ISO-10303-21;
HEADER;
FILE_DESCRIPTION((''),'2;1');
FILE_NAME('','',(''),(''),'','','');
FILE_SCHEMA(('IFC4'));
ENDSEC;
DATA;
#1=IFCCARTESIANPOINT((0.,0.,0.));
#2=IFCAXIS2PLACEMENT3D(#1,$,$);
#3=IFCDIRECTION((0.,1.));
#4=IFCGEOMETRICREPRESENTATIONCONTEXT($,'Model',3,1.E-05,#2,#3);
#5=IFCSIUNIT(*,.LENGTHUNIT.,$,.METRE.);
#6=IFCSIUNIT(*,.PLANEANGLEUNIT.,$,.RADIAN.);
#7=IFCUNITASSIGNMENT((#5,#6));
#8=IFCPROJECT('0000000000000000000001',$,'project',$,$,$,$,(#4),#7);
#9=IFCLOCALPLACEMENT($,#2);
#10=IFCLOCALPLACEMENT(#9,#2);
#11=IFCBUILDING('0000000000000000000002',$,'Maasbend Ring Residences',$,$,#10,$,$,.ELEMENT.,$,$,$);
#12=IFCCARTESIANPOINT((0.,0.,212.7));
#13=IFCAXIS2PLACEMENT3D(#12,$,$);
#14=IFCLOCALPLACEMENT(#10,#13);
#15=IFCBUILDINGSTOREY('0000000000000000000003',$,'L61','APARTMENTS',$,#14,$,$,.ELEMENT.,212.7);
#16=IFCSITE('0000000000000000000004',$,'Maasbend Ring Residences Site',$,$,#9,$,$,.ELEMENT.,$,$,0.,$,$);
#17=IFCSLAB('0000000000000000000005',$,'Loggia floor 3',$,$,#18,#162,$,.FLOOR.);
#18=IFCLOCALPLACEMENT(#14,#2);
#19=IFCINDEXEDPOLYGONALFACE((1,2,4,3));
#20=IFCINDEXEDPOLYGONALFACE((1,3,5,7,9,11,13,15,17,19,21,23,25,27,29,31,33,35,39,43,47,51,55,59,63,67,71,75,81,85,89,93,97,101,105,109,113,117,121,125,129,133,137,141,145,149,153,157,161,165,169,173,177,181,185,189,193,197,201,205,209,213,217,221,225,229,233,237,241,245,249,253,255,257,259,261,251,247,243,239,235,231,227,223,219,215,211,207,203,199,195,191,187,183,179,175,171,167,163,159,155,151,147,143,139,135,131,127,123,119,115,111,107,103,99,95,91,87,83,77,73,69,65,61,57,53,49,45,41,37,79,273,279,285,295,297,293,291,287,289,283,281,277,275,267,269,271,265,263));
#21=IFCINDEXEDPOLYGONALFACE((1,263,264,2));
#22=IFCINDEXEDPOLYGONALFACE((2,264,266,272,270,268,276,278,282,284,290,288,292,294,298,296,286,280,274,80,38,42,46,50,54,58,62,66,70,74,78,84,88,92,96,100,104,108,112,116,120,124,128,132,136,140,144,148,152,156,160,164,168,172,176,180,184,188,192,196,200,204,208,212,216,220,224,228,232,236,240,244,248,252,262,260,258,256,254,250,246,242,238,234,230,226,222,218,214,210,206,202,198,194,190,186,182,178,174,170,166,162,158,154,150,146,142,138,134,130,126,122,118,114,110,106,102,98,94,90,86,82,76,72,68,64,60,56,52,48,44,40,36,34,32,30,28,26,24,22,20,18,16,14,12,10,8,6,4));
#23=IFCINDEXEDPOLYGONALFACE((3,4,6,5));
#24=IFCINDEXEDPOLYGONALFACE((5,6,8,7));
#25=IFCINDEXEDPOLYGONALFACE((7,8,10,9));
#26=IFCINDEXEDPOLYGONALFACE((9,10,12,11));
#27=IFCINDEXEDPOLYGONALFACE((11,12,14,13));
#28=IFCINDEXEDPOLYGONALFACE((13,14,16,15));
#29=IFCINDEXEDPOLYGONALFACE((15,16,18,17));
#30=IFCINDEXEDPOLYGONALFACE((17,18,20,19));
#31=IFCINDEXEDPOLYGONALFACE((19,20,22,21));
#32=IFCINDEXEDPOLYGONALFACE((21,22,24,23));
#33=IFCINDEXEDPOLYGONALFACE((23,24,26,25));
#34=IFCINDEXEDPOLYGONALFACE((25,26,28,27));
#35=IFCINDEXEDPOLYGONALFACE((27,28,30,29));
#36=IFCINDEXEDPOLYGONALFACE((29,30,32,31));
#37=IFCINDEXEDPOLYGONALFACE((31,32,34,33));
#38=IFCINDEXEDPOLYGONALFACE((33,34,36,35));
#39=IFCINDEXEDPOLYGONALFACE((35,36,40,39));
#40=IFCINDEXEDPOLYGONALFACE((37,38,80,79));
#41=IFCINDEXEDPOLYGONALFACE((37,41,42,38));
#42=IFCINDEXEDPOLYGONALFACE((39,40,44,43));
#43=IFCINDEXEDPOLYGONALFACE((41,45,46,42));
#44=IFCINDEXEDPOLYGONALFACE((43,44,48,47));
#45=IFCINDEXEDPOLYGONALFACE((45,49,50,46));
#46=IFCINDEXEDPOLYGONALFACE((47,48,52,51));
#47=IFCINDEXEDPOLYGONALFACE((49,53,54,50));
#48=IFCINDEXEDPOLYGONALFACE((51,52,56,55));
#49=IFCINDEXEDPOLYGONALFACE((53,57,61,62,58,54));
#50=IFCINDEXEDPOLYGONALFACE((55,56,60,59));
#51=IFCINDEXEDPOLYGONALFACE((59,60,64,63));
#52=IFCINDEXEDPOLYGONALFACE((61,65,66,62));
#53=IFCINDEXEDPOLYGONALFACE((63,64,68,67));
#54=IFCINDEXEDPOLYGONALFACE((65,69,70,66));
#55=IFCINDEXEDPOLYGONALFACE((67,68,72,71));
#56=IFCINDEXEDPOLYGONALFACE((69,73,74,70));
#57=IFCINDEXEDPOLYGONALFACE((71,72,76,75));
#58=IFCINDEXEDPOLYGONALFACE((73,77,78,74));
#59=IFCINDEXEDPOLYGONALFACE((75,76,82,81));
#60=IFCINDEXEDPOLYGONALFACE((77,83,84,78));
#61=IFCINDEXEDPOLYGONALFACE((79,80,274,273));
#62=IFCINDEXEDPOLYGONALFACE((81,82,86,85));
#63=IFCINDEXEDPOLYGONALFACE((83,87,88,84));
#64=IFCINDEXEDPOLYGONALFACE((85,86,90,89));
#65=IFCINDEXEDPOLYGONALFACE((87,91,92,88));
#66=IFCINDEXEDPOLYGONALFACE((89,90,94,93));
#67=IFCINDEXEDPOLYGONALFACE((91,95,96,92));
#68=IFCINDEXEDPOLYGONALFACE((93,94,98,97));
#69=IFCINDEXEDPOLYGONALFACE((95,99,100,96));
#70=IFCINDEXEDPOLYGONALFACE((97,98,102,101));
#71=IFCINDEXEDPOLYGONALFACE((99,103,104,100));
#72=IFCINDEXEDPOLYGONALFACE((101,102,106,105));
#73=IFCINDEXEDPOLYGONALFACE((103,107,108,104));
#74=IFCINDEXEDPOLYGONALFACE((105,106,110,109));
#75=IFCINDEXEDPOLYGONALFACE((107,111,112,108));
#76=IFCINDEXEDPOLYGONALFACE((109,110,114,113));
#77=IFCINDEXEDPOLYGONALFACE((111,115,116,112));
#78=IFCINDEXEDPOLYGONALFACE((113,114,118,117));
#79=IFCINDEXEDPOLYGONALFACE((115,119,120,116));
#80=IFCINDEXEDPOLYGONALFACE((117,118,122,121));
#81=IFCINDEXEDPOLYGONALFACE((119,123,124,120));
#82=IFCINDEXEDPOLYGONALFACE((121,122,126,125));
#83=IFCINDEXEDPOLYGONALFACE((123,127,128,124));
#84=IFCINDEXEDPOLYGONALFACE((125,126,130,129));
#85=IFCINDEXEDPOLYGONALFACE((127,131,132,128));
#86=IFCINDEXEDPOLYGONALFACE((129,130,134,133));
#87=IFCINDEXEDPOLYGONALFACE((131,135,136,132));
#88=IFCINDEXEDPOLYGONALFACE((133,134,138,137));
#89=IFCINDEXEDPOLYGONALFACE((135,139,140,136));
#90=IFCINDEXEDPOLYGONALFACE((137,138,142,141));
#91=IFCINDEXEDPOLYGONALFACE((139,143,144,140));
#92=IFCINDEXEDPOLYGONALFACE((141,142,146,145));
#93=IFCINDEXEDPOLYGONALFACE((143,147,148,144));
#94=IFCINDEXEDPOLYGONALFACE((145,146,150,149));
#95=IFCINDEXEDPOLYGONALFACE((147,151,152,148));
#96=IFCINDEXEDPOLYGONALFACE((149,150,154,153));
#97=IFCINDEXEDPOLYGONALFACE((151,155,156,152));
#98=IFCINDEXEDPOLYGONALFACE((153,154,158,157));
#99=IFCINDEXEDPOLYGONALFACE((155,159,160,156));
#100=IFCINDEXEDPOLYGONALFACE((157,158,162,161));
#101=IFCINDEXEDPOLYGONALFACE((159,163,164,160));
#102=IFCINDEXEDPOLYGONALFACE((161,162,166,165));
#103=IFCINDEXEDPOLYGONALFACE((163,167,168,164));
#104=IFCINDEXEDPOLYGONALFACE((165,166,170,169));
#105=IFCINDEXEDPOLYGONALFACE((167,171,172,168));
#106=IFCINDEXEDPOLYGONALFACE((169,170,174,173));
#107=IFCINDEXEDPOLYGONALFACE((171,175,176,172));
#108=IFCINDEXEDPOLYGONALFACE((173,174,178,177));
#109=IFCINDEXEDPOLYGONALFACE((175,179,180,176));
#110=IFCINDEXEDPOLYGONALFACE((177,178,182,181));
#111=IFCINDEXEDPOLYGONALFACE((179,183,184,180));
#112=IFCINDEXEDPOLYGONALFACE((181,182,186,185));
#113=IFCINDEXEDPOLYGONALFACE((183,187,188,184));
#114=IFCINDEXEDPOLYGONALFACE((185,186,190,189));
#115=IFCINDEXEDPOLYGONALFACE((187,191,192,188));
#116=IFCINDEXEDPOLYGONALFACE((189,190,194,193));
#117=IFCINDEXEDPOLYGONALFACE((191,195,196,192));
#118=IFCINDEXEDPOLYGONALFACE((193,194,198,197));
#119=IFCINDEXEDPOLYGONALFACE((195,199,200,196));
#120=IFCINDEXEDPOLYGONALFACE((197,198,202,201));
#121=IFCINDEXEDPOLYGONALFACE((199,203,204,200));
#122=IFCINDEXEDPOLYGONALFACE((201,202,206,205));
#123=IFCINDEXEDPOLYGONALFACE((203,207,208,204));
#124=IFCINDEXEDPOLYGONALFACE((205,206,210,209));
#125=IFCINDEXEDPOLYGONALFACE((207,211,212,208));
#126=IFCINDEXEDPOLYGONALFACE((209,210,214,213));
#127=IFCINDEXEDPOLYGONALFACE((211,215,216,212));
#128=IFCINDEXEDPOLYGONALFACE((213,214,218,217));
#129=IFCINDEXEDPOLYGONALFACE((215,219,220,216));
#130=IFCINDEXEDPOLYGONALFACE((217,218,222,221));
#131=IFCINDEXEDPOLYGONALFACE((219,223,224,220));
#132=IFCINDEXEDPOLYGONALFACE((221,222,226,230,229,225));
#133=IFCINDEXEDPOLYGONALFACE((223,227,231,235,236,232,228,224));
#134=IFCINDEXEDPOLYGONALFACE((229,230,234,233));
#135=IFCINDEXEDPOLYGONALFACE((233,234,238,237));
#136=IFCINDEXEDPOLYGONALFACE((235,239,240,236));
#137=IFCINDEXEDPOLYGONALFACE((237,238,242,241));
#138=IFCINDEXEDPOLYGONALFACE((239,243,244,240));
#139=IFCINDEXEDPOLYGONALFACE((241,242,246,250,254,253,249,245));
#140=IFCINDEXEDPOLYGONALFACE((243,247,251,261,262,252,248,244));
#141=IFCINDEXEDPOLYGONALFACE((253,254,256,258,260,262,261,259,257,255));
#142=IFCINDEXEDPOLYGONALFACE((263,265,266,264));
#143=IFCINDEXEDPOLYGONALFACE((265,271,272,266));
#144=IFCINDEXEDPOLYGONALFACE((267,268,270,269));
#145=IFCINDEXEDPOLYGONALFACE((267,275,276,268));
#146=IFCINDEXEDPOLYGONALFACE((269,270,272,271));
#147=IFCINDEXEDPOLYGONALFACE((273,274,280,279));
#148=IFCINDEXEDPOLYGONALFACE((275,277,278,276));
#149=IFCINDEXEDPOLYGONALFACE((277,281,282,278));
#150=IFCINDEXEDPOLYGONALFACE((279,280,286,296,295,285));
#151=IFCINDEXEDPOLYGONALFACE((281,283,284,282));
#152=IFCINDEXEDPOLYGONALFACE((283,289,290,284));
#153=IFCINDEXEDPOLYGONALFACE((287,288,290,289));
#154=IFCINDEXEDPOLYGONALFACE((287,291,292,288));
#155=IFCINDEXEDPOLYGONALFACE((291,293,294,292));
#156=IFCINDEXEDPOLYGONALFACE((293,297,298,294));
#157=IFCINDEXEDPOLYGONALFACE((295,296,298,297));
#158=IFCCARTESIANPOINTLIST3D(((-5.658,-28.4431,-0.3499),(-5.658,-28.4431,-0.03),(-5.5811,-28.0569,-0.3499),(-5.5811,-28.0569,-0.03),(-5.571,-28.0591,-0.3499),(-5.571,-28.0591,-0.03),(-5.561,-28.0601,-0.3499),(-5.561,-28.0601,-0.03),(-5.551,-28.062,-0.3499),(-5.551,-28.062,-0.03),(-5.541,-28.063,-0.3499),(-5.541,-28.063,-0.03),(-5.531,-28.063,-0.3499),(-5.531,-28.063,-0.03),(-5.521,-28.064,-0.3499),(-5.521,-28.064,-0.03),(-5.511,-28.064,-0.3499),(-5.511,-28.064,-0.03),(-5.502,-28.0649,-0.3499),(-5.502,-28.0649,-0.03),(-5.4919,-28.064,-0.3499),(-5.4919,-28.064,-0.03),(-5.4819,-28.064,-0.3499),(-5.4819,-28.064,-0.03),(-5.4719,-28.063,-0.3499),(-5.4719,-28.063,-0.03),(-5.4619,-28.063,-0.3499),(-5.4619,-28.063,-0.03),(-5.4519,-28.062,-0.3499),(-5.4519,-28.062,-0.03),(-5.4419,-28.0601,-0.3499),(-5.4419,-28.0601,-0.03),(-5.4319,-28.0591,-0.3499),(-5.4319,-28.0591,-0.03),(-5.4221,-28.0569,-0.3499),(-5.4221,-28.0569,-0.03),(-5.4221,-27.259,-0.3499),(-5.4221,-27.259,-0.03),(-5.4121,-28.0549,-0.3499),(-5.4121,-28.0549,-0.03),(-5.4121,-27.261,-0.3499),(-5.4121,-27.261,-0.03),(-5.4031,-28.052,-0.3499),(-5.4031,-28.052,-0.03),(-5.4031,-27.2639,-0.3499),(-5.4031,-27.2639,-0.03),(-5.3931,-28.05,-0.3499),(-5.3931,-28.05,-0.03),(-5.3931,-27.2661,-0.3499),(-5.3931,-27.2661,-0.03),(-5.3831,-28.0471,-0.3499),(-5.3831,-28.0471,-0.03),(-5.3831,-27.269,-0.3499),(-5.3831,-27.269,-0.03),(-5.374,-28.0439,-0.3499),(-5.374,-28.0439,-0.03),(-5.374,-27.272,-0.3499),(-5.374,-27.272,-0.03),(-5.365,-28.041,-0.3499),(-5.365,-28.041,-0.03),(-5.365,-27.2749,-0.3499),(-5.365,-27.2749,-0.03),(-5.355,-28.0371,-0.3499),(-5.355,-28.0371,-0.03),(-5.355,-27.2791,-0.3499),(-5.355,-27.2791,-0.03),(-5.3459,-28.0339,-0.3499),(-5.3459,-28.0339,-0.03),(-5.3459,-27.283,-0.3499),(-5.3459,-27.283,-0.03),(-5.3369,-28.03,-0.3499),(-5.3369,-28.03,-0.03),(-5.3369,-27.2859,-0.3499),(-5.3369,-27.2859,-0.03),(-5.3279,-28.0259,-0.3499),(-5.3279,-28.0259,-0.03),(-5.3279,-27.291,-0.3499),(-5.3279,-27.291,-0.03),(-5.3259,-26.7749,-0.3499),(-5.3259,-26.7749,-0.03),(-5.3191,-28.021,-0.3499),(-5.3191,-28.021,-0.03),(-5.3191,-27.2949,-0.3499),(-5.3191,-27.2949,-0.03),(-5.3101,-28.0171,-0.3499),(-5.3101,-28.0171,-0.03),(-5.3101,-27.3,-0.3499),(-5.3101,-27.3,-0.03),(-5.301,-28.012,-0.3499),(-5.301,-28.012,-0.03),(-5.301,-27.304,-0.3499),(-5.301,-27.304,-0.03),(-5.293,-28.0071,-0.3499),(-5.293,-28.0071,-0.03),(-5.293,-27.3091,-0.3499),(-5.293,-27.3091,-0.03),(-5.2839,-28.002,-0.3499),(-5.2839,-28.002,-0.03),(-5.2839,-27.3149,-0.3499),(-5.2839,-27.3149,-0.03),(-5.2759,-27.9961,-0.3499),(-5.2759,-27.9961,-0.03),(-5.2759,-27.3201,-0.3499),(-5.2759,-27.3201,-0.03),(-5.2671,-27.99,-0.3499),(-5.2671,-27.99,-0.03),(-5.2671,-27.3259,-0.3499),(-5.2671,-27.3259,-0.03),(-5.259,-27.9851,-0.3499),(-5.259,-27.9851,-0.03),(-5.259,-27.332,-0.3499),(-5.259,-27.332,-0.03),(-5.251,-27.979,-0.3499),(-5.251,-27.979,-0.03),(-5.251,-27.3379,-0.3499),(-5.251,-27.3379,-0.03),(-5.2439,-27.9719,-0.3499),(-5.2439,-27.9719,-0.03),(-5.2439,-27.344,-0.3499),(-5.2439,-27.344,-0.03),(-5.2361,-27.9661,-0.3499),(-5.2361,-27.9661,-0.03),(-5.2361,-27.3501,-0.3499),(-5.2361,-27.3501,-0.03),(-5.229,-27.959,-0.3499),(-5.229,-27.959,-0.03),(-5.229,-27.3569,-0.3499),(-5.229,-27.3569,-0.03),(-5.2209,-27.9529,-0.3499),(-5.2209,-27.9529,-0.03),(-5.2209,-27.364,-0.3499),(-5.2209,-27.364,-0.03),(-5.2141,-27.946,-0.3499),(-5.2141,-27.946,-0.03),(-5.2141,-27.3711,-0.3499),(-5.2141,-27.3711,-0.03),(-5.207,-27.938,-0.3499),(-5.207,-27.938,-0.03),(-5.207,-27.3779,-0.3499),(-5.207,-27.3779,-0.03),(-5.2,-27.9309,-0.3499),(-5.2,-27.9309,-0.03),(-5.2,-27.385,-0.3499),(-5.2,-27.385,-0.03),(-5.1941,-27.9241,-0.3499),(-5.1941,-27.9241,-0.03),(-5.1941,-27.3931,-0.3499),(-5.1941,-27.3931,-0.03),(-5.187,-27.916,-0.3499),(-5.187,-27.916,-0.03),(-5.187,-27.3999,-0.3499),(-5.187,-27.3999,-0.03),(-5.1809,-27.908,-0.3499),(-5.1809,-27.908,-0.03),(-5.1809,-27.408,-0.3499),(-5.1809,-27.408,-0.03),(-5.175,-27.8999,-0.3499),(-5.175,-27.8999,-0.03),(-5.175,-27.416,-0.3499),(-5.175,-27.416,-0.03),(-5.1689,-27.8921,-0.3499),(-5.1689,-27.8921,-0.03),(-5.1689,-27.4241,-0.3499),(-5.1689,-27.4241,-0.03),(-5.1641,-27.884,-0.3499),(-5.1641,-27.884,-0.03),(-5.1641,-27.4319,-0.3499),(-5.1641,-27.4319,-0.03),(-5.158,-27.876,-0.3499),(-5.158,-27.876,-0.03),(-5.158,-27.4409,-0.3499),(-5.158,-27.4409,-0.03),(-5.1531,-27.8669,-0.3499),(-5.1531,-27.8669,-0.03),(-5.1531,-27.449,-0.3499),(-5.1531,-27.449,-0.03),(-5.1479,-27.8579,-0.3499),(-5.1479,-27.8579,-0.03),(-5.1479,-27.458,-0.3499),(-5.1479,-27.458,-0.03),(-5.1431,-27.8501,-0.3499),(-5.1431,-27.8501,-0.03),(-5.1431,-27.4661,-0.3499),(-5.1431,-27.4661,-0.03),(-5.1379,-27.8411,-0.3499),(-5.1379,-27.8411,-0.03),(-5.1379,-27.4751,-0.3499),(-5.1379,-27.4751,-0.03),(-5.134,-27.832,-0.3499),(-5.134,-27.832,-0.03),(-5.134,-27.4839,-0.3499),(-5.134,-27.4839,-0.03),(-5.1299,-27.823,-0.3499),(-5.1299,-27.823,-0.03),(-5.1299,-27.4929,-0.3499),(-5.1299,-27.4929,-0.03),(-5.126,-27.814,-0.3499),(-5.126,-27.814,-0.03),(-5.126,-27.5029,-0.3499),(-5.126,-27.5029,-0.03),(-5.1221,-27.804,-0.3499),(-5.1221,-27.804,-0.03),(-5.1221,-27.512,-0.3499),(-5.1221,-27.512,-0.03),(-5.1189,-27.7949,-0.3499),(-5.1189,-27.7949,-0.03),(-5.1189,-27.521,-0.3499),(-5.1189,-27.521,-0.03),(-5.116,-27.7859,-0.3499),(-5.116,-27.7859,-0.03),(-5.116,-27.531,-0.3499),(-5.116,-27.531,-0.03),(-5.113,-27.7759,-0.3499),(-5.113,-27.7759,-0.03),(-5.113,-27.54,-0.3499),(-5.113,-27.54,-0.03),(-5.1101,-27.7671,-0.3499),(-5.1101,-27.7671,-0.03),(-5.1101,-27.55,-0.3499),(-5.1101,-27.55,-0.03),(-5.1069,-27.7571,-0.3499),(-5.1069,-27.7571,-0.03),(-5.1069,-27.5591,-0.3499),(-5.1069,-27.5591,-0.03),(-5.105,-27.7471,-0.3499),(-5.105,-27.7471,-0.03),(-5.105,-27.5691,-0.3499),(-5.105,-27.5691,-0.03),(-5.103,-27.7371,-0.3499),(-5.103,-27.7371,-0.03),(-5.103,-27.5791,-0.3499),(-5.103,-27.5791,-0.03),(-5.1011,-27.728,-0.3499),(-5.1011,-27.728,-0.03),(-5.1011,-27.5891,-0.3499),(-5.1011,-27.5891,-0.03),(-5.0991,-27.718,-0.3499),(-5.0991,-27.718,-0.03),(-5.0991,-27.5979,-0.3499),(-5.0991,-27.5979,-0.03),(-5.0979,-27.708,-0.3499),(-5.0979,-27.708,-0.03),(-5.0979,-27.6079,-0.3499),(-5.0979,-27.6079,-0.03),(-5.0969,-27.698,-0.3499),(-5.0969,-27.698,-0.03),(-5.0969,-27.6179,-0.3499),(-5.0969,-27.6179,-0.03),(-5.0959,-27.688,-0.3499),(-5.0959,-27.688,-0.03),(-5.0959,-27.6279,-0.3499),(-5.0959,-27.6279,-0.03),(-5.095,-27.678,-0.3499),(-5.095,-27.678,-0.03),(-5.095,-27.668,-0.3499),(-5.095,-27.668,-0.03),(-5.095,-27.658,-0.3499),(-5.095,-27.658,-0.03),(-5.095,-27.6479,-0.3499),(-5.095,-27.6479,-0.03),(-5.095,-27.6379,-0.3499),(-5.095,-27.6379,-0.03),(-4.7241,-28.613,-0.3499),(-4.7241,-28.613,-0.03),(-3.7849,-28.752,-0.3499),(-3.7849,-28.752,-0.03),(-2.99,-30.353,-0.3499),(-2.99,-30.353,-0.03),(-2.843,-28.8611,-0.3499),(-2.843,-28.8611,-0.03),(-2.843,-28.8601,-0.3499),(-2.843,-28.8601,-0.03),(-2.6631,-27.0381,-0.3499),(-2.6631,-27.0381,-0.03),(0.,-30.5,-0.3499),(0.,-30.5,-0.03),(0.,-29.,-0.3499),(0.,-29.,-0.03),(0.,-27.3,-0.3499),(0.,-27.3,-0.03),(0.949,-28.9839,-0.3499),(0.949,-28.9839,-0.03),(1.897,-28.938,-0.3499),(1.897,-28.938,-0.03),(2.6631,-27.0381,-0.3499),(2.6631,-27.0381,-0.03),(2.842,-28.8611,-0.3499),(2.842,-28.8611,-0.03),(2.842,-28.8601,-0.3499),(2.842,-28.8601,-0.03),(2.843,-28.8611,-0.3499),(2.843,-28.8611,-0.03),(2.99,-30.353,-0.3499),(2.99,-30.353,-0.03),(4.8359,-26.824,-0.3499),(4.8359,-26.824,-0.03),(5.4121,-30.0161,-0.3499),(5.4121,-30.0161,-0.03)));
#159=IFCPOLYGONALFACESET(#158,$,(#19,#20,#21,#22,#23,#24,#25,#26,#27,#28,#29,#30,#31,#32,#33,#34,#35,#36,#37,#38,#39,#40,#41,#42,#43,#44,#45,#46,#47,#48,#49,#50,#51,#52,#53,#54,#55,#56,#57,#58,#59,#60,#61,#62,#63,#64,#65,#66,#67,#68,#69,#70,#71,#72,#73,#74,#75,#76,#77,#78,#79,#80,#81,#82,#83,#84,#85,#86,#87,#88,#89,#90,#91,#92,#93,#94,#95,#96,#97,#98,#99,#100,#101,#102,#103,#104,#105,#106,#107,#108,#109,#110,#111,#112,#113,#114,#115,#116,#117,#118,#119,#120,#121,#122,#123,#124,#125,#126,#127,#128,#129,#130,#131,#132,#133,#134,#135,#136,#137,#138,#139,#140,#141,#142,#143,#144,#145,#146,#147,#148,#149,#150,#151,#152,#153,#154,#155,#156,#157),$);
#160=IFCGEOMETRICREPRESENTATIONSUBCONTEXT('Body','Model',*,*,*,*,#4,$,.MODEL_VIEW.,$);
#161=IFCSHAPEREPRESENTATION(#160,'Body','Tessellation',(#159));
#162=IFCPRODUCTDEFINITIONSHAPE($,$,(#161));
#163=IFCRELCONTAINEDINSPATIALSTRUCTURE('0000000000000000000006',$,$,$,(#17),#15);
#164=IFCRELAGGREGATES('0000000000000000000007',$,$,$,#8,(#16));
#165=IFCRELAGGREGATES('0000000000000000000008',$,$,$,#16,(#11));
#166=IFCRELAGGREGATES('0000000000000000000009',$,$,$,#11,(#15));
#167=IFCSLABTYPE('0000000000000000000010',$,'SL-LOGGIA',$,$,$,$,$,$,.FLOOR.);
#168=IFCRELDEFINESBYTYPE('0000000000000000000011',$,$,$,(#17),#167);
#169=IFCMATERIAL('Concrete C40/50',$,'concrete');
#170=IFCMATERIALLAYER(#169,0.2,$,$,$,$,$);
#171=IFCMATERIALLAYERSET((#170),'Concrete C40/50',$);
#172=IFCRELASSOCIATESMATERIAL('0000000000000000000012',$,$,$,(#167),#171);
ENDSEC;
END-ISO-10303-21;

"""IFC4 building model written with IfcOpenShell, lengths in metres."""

from ifc_helpers import new_model, si_unit, direction, frame, origin, place, context, subcontext, project, spatial, polyline, outline, extrude, material, layer, layer_set, type_object, element, save


model = new_model("IFC4")

# Units and contexts
model_context = context("Model", 3, precision=1e-05, world=origin(), true_north=direction((0.0, 1.0)))
body_context = subcontext(model_context, "Body", "Model", "MODEL_VIEW")
ifc_project = project(units=[si_unit("LENGTHUNIT", "METRE"), si_unit("PLANEANGLEUNIT", "RADIAN")], contexts=[model_context])

# Site, building, storey
site_placement = place(None, origin())
site = spatial("IfcSite", under=ifc_project, at=site_placement, Name="Maasbend Ring Residences Site", CompositionType="ELEMENT", RefElevation=0.0)
building_placement = place(site_placement, origin())
building = spatial("IfcBuilding", under=site, at=building_placement, Name="Maasbend Ring Residences", CompositionType="ELEMENT")
storey_placement = place(building_placement, frame((0.0, 0.0, 212.7)))
storey = spatial("IfcBuildingStorey", under=building, at=storey_placement, Name="L61", Description="APARTMENTS", CompositionType="ELEMENT", Elevation=212.7)

# Slab
ifc_material_1 = material(Name="Concrete C40/50", Category="concrete")
ifc_layer_1 = layer(ifc_material_1, 0.2)
ifc_layer_set_1 = layer_set([ifc_layer_1], Name="Concrete C40/50")
slab_type = type_object("IfcSlabType", Name="SL-LOGGIA", PredefinedType="FLOOR", material=ifc_layer_set_1)
slab_1_placement = place(storey_placement, frame((0.0, 0.0, -0.3499)))
element("IfcSlab", 1, at=slab_1_placement, inside=storey, type_object=slab_type, Name="Loggia floor 3", PredefinedType="FLOOR", context=body_context, shape_type="SweptSolid", body=[
    extrude(outline(polyline([(-2.6631, -27.0381), (0.0, -27.3), (0.0, -27.3), (0.0, -27.3), (2.6631, -27.0381), (4.8359, -26.824), (4.8359, -26.824), (4.8359, -26.824), (5.4121, -30.0161), (5.4121, -30.0161), (5.4121, -30.0161), (2.99, -30.353), (2.99, -30.353), (2.99, -30.353), (2.843, -28.8611), (2.843, -28.8611), (2.843, -28.8611), (2.843, -28.8611), (2.842, -28.8611), (2.842, -28.8611), (2.842, -28.8611), (2.842, -28.8611), (2.842, -28.8611), (2.842, -28.8601), (2.842, -28.8601), (2.842, -28.8601), (2.842, -28.8601), (2.842, -28.8601), (2.842, -28.8601), (2.842, -28.8601), (2.842, -28.8601), (1.897, -28.938), (1.897, -28.938), (0.949, -28.9839), (0.949, -28.9839), (0.0, -29.0), (0.0, -29.0), (0.0, -29.0), (0.0, -29.0), (0.0, -29.0), (0.0, -29.0), (0.0, -29.0), (0.0, -29.0), (0.0, -29.0), (0.0, -29.0), (0.0, -29.0), (0.0, -29.0), (0.0, -29.0), (0.0, -29.0), (0.0, -29.0), (0.0, -29.0), (0.0, -29.0), (0.0, -30.5), (0.0, -30.5), (0.0, -30.5), (-2.99, -30.353), (-2.99, -30.353), (-2.99, -30.353), (-2.843, -28.8611), (-2.843, -28.8611), (-2.843, -28.8611), (-2.843, -28.8611), (-2.843, -28.8611), (-2.843, -28.8611), (-2.843, -28.8611), (-2.843, -28.8611), (-2.843, -28.8601), (-2.843, -28.8601), (-2.843, -28.8601), (-2.843, -28.8601), (-2.843, -28.8601), (-2.843, -28.8601), (-2.843, -28.8601), (-2.843, -28.8601), (-2.843, -28.8601), (-3.7849, -28.752), (-3.7849, -28.752), (-4.7241, -28.613), (-4.7241, -28.613), (-5.658, -28.4431), (-5.658, -28.4431), (-5.658, -28.4431), (-5.5811, -28.0569), (-5.5811, -28.0569), (-5.571, -28.0591), (-5.561, -28.0601), (-5.551, -28.062), (-5.541, -28.063), (-5.531, -28.063), (-5.521, -28.064), (-5.511, -28.064), (-5.502, -28.0649), (-5.4919, -28.064), (-5.4819, -28.064), (-5.4719, -28.063), (-5.4619, -28.063), (-5.4519, -28.062), (-5.4419, -28.0601), (-5.4319, -28.0591), (-5.4221, -28.0569), (-5.4121, -28.0549), (-5.4031, -28.052), (-5.3931, -28.05), (-5.3831, -28.0471), (-5.374, -28.0439), (-5.365, -28.041), (-5.355, -28.0371), (-5.3459, -28.0339), (-5.3369, -28.03), (-5.3279, -28.0259), (-5.3191, -28.021), (-5.3101, -28.0171), (-5.301, -28.012), (-5.293, -28.0071), (-5.2839, -28.002), (-5.2759, -27.9961), (-5.2671, -27.99), (-5.259, -27.9851), (-5.251, -27.979), (-5.2439, -27.9719), (-5.2361, -27.9661), (-5.229, -27.959), (-5.2209, -27.9529), (-5.2141, -27.946), (-5.207, -27.938), (-5.2, -27.9309), (-5.1941, -27.9241), (-5.187, -27.916), (-5.1809, -27.908), (-5.175, -27.8999), (-5.1689, -27.8921), (-5.1641, -27.884), (-5.158, -27.876), (-5.1531, -27.8669), (-5.1479, -27.8579), (-5.1431, -27.8501), (-5.1379, -27.8411), (-5.134, -27.832), (-5.1299, -27.823), (-5.126, -27.814), (-5.1221, -27.804), (-5.1189, -27.7949), (-5.116, -27.7859), (-5.113, -27.7759), (-5.1101, -27.7671), (-5.1069, -27.7571), (-5.105, -27.7471), (-5.103, -27.7371), (-5.1011, -27.728), (-5.0991, -27.718), (-5.0979, -27.708), (-5.0969, -27.698), (-5.0959, -27.688), (-5.095, -27.678), (-5.095, -27.668), (-5.095, -27.658), (-5.095, -27.6479), (-5.095, -27.6379), (-5.0959, -27.6279), (-5.0969, -27.6179), (-5.0979, -27.6079), (-5.0991, -27.5979), (-5.1011, -27.5891), (-5.103, -27.5791), (-5.105, -27.5691), (-5.1069, -27.5591), (-5.1101, -27.55), (-5.113, -27.54), (-5.116, -27.531), (-5.1189, -27.521), (-5.1221, -27.512), (-5.126, -27.5029), (-5.1299, -27.4929), (-5.134, -27.4839), (-5.1379, -27.4751), (-5.1431, -27.4661), (-5.1479, -27.458), (-5.1531, -27.449), (-5.158, -27.4409), (-5.1641, -27.4319), (-5.1689, -27.4241), (-5.175, -27.416), (-5.1809, -27.408), (-5.187, -27.3999), (-5.1941, -27.3931), (-5.2, -27.385), (-5.207, -27.3779), (-5.2141, -27.3711), (-5.2209, -27.364), (-5.229, -27.3569), (-5.2361, -27.3501), (-5.2439, -27.344), (-5.251, -27.3379), (-5.259, -27.332), (-5.2671, -27.3259), (-5.2759, -27.3201), (-5.2839, -27.3149), (-5.293, -27.3091), (-5.301, -27.304), (-5.3101, -27.3), (-5.3191, -27.2949), (-5.3279, -27.291), (-5.3369, -27.2859), (-5.3459, -27.283), (-5.355, -27.2791), (-5.365, -27.2749), (-5.374, -27.272), (-5.3831, -27.269), (-5.3931, -27.2661), (-5.4031, -27.2639), (-5.4121, -27.261), (-5.4221, -27.259), (-5.4221, -27.259), (-5.3259, -26.7749), (-5.3259, -26.7749), (-5.3259, -26.7749), (-2.6631, -27.0381)])), origin(), (0.0, 0.0, 1.0), 0.3198),
])

save(model, "model.ifc")
